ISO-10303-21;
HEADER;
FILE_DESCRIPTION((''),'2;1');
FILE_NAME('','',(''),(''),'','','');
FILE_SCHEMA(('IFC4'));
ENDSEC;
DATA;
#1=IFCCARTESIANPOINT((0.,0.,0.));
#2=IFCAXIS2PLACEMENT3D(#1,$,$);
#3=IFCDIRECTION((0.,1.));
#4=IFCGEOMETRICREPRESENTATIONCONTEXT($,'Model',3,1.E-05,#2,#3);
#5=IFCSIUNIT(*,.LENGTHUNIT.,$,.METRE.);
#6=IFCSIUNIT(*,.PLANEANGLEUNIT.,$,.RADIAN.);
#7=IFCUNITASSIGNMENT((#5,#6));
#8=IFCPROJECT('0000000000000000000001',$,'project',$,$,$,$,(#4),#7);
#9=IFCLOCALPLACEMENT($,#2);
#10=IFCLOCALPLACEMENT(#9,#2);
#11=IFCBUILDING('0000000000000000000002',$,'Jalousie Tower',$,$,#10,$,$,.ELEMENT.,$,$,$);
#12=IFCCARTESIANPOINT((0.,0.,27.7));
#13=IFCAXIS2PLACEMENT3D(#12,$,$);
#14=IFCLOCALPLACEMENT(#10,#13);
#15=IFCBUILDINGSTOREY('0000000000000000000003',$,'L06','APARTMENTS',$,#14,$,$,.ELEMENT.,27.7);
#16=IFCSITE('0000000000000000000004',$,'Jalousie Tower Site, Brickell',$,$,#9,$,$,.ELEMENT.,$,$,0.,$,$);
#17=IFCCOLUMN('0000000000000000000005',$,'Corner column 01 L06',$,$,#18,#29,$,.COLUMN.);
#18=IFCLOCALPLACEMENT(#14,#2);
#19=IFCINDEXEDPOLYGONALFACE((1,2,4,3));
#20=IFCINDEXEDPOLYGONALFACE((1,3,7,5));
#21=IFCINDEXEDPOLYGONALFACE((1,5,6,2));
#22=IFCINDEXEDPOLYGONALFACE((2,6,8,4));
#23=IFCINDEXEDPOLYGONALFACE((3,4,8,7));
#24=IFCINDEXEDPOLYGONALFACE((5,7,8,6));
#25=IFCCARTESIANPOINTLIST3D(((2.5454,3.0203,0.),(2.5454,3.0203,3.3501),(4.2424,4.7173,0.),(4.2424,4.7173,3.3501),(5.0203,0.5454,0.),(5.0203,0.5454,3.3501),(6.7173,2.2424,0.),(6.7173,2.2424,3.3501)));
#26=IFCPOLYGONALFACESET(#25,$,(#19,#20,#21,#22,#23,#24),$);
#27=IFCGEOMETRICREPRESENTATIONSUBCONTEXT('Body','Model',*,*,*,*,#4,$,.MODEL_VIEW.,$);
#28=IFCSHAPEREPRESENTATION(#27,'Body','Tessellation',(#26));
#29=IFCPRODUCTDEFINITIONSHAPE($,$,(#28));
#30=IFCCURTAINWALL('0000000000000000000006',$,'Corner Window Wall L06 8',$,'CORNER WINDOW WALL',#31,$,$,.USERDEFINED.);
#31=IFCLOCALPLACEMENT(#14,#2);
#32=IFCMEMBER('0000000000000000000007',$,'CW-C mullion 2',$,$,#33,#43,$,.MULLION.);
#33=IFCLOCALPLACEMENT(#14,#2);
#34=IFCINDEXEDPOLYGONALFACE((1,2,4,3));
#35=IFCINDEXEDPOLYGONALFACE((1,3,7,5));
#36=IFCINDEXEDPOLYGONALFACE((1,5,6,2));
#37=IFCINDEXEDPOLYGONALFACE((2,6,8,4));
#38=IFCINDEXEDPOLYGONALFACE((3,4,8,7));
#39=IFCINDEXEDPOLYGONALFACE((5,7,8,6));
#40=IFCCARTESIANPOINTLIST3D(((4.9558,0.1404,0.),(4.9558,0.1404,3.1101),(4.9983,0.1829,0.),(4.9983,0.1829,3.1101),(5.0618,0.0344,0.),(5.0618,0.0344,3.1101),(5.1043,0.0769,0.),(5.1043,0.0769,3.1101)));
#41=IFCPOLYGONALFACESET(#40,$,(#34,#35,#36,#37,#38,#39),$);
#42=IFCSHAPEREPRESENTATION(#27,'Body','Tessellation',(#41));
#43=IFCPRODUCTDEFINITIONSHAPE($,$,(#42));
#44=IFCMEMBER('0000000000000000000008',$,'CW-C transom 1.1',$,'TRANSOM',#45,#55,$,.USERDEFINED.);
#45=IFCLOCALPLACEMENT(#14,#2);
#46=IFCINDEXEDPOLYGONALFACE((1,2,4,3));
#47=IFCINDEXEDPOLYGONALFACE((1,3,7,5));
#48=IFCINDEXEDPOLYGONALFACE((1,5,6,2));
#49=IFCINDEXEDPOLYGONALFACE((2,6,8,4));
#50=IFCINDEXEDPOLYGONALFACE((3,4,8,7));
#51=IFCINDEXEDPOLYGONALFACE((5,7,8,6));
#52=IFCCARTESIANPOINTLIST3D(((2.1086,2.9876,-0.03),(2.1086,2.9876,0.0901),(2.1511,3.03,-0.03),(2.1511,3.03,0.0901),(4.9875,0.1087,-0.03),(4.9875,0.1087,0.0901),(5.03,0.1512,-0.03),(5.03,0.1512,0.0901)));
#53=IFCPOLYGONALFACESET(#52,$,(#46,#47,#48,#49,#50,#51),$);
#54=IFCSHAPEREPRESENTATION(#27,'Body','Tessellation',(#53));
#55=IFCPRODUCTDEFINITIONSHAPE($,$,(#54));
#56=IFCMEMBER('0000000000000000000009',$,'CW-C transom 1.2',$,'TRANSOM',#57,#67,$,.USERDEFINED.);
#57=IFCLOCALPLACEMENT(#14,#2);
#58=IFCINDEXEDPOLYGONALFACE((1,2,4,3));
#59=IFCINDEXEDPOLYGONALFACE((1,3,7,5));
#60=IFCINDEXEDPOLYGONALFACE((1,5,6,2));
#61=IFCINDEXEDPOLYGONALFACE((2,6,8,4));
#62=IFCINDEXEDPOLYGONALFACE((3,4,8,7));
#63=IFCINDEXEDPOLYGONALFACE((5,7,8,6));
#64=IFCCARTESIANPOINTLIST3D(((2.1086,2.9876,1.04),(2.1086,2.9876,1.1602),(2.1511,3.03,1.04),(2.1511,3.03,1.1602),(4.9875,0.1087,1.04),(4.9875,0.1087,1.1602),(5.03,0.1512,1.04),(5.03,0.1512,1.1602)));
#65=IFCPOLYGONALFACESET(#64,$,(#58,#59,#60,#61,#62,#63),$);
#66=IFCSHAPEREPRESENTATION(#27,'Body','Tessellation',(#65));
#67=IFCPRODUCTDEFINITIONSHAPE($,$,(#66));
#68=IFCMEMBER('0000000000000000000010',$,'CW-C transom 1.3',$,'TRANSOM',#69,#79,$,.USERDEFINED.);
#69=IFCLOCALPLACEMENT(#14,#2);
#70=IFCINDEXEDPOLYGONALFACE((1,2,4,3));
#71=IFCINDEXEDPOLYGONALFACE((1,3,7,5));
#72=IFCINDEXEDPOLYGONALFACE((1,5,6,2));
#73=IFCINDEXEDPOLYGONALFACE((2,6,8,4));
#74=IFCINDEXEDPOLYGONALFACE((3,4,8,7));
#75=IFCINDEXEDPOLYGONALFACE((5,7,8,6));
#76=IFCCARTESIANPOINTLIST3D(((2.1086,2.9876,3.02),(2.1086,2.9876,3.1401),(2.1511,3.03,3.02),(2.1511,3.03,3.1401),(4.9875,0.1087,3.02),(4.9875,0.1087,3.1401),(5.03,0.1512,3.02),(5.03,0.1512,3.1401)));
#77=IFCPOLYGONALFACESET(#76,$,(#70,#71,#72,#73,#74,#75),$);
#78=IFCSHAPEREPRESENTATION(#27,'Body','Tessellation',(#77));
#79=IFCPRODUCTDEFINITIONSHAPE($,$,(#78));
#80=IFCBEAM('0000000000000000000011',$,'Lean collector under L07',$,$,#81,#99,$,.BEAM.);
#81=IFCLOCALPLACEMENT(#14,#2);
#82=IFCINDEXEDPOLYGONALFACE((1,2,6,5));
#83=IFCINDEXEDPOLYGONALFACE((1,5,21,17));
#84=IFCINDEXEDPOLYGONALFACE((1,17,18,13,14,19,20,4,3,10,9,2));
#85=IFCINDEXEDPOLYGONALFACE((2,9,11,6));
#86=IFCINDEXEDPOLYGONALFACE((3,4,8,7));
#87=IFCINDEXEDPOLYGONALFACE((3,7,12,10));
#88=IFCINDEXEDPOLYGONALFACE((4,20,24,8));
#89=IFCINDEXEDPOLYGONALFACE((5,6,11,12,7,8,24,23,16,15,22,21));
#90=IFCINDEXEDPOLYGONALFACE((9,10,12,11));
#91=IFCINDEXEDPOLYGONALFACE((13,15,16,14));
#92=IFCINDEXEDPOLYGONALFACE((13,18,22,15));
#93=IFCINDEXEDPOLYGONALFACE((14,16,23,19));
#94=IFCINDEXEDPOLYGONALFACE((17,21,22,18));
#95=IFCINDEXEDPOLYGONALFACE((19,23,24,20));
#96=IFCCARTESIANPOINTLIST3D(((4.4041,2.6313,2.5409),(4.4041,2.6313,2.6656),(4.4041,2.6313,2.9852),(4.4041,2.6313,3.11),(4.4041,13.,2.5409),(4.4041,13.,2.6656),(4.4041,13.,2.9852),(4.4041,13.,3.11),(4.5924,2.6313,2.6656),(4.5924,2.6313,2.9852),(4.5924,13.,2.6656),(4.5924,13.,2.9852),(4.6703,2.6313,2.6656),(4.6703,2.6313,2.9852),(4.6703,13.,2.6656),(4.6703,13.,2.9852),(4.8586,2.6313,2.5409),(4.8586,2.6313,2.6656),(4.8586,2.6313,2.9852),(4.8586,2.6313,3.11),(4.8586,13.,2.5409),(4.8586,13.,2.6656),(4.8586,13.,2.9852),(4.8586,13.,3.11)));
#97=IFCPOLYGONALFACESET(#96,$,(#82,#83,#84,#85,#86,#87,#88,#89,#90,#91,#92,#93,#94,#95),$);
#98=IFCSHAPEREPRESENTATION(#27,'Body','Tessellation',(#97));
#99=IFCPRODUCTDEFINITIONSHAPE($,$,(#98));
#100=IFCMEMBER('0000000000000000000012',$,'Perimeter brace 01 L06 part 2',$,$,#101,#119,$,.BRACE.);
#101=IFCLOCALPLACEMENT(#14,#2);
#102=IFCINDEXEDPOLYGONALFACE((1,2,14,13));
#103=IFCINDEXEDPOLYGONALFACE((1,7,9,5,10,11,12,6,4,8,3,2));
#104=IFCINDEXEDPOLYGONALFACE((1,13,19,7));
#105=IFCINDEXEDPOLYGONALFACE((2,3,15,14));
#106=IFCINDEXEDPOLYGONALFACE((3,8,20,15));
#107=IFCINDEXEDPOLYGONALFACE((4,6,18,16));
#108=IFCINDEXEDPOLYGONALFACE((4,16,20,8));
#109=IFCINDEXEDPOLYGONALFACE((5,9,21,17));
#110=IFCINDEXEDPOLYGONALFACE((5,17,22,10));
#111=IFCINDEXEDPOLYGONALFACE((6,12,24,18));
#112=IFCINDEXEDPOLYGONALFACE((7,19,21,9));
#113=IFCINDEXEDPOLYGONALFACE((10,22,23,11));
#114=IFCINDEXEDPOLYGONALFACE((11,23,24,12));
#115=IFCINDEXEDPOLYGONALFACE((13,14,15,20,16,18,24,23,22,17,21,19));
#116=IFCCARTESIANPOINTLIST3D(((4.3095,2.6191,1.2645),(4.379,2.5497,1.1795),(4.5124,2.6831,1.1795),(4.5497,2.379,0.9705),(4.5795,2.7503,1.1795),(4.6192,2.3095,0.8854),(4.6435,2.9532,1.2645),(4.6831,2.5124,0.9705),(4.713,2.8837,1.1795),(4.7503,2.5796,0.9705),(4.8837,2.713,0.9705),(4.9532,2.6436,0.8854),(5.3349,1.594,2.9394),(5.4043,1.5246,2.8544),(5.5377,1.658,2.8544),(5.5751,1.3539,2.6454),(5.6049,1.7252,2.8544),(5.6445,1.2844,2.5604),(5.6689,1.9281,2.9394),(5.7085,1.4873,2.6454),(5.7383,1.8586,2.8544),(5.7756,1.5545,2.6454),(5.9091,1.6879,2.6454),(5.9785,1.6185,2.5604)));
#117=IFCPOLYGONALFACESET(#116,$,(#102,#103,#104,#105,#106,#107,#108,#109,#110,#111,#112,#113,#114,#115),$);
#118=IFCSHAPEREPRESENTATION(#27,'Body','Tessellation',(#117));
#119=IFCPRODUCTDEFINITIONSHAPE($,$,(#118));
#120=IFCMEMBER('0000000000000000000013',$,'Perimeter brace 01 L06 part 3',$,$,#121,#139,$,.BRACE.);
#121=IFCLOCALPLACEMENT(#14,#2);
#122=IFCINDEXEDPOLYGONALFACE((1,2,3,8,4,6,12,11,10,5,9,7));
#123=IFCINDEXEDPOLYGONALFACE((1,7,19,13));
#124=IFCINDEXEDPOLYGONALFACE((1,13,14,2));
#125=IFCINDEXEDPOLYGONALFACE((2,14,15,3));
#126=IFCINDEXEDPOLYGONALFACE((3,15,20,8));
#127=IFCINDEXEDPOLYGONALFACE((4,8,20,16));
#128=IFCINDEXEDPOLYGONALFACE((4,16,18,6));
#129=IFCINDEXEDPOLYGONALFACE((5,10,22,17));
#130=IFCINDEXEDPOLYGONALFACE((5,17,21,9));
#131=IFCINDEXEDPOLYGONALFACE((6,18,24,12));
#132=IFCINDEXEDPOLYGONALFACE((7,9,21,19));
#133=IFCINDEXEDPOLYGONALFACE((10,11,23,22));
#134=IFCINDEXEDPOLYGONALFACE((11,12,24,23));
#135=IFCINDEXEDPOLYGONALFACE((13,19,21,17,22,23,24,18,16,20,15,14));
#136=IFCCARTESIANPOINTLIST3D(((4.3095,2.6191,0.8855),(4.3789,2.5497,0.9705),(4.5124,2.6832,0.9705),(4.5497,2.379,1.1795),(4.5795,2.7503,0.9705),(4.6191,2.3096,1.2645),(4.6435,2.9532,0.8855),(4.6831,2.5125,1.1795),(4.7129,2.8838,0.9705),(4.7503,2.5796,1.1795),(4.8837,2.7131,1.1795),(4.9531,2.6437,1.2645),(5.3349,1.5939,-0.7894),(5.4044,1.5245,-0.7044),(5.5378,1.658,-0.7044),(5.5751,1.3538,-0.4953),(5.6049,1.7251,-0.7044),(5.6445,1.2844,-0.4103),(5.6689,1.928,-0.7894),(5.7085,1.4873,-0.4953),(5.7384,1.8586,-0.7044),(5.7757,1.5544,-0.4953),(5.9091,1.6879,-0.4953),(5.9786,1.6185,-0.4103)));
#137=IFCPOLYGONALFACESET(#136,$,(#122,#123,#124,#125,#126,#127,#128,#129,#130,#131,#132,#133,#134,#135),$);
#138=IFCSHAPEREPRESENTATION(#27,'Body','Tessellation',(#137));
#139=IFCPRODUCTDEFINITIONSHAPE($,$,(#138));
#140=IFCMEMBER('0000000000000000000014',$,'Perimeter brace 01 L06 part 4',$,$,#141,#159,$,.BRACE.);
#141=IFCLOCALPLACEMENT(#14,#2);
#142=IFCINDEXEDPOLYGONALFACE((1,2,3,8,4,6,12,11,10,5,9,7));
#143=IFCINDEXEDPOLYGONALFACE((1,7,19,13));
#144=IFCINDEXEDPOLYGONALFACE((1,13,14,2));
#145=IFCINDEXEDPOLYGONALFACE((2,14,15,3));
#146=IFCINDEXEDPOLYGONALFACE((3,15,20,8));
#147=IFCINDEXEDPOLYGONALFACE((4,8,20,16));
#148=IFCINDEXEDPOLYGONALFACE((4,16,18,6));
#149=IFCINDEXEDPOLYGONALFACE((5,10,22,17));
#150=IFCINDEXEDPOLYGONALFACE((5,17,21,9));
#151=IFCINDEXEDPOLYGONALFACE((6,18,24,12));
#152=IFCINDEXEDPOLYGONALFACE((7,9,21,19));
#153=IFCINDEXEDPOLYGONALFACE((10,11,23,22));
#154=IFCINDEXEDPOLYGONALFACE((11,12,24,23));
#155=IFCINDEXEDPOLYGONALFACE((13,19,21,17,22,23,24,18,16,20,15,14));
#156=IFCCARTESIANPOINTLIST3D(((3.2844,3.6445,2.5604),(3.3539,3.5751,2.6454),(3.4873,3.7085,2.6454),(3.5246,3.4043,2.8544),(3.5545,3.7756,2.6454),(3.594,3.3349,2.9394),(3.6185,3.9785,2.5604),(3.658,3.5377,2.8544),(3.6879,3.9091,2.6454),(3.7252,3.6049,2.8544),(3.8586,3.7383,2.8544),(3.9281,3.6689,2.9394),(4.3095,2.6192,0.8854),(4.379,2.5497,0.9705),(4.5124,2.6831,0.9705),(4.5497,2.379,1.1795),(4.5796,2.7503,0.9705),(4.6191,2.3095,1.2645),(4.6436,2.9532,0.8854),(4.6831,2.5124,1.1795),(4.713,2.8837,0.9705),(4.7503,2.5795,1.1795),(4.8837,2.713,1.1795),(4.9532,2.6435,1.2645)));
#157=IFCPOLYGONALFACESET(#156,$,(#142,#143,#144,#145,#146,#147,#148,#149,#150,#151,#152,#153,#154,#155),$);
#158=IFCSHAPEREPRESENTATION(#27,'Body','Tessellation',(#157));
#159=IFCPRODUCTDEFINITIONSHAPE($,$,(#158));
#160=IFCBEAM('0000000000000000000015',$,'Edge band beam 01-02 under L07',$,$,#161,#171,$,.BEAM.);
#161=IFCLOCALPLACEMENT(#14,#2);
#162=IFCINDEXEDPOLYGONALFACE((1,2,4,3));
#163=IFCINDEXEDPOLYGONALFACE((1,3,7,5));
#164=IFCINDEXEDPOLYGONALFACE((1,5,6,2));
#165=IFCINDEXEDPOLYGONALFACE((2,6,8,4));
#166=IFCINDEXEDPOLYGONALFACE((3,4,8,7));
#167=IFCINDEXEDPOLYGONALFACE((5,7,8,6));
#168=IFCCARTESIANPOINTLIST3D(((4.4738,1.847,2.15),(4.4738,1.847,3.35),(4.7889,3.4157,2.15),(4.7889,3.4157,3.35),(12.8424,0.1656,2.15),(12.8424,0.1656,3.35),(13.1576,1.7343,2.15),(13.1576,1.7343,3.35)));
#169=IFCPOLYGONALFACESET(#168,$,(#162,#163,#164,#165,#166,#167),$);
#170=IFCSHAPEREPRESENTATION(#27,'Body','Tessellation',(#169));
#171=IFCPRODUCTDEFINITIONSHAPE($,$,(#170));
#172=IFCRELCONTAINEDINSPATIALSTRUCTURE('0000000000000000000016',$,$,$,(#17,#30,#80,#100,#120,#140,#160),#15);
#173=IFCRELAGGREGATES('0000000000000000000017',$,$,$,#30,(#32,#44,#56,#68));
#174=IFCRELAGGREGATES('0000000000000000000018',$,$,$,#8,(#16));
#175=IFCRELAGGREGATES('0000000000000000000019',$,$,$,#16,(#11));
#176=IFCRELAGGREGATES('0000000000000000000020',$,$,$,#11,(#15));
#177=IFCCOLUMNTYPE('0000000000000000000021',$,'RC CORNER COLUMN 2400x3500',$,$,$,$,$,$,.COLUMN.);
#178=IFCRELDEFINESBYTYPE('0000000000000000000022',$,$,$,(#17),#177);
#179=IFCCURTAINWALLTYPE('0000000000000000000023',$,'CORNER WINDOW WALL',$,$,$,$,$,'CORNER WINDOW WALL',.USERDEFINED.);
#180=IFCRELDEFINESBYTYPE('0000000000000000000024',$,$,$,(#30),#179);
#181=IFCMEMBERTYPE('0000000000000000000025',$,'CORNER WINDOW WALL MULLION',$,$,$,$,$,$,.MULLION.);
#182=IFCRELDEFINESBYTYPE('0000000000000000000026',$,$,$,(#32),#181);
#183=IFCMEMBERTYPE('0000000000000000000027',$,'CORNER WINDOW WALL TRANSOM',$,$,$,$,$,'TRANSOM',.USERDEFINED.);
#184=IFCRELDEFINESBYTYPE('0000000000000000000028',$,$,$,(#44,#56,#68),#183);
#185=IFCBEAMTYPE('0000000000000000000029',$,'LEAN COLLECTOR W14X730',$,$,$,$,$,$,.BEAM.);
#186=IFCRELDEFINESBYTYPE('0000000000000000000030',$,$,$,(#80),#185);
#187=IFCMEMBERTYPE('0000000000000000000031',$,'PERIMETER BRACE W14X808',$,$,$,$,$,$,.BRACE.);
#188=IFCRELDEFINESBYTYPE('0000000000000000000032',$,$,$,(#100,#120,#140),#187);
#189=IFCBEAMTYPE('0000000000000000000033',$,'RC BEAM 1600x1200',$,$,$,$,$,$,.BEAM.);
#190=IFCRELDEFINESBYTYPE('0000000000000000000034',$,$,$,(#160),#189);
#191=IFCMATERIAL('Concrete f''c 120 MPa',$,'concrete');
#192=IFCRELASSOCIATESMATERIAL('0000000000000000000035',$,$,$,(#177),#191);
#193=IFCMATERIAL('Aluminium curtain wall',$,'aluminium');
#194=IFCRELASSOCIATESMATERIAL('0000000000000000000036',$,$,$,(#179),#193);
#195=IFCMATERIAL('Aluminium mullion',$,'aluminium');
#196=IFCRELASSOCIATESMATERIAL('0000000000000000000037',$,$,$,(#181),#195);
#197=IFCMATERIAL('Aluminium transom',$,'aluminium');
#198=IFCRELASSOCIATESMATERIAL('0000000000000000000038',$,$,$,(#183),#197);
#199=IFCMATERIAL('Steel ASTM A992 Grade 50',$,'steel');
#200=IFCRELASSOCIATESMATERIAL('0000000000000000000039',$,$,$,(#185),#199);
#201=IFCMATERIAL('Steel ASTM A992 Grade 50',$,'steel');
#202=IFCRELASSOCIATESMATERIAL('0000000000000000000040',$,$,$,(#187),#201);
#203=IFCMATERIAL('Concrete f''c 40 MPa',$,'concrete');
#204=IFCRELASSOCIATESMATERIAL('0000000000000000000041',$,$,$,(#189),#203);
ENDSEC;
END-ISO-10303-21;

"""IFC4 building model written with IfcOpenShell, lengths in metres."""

from ifc_helpers import new_model, si_unit, direction, frame, origin, origin_2d, place, context, subcontext, project, spatial, rectangle, i_section, extrude, material, material_profile, profile_set, type_object, element, aggregate, save


model = new_model("IFC4")

# Units and contexts
model_context = context("Model", 3, precision=1e-05, world=origin(), true_north=direction((0.0, 1.0)))
body_context = subcontext(model_context, "Body", "Model", "MODEL_VIEW")
ifc_project = project(units=[si_unit("LENGTHUNIT", "METRE"), si_unit("PLANEANGLEUNIT", "RADIAN")], contexts=[model_context])

# Site, building, storey
site_placement = place(None, origin())
site = spatial("IfcSite", under=ifc_project, at=site_placement, Name="Jalousie Tower Site, Brickell", CompositionType="ELEMENT", RefElevation=0.0)
building_placement = place(site_placement, origin())
building = spatial("IfcBuilding", under=site, at=building_placement, Name="Jalousie Tower", CompositionType="ELEMENT")
storey_placement = place(building_placement, frame((0.0, 0.0, 27.7)))
storey = spatial("IfcBuildingStorey", under=building, at=storey_placement, Name="L06", Description="APARTMENTS", CompositionType="ELEMENT", Elevation=27.7)

# Column
ifc_material_1 = material(Name="Concrete f'c 120 MPa", Category="concrete")
ifc_material_profile_1 = material_profile(ifc_material_1, rectangle(XDim=2.3999, YDim=3.5, at=origin_2d()), Name="RC 2400x3500")
ifc_profile_set_1 = profile_set([ifc_material_profile_1], Name="Concrete f'c 120 MPa")
column_type = type_object("IfcColumnType", Name="RC CORNER COLUMN 2400x3500", PredefinedType="COLUMN", material=ifc_profile_set_1)
column_placement = place(storey_placement, frame((4.6313, 2.6313, 0.0), z_axis=(0.0, 0.0, 1.0), x_axis=(0.707107, 0.707107, 0.0)))
element("IfcColumn", 1, at=column_placement, inside=storey, type_object=column_type, Name="Corner column 01 L06", PredefinedType="COLUMN", context=body_context, shape_type="SweptSolid", body=[
    extrude(rectangle(XDim=2.3999, YDim=3.5, at=origin_2d()), origin(), (0.0, 0.0, 1.0), 3.3501),
])

# Curtain wall, members
ifc_material_2 = material(Name="Aluminium curtain wall", Category="aluminium")
curtain_wall_type_1 = type_object("IfcCurtainWallType", Name="CORNER WINDOW WALL", ElementType="CORNER WINDOW WALL", PredefinedType="USERDEFINED", material=ifc_material_2)
curtain_wall_1_placement = place(storey_placement, origin())
curtain_wall_1 = element("IfcCurtainWall", 2, at=curtain_wall_1_placement, inside=storey, type_object=curtain_wall_type_1, Name="Corner Window Wall L06 8", ObjectType="CORNER WINDOW WALL", PredefinedType="USERDEFINED")
ifc_material_3 = material(Name="Aluminium mullion", Category="aluminium")
ifc_material_profile_2 = material_profile(ifc_material_3, rectangle(XDim=0.0601, YDim=0.1499, at=origin_2d()), Name="MULLION 60x150")
ifc_profile_set_2 = profile_set([ifc_material_profile_2], Name="Aluminium mullion")
member_type_1 = type_object("IfcMemberType", Name="CORNER WINDOW WALL MULLION", PredefinedType="MULLION", material=ifc_profile_set_2)
member_1_placement = place(storey_placement, frame((5.03, 0.1086, 0.0), z_axis=(0.0, 0.0, 1.0), x_axis=(0.707107, 0.707107, 0.0)))
member_1 = element("IfcMember", 3, at=member_1_placement, type_object=member_type_1, Name="CW-C mullion 2", PredefinedType="MULLION", context=body_context, shape_type="SweptSolid", body=[
    extrude(rectangle(XDim=0.0601, YDim=0.1499, at=origin_2d()), origin(), (0.0, 0.0, 1.0), 3.1101),
])
ifc_material_4 = material(Name="Aluminium transom", Category="aluminium")
ifc_material_profile_3 = material_profile(ifc_material_4, rectangle(XDim=0.0601, YDim=0.1201, at=origin_2d()), Name="TRANSOM 60x120")
ifc_profile_set_3 = profile_set([ifc_material_profile_3], Name="Aluminium transom")
member_type_2 = type_object("IfcMemberType", Name="CORNER WINDOW WALL TRANSOM", ElementType="TRANSOM", PredefinedType="USERDEFINED", material=ifc_profile_set_3)
member_2_placement = place(storey_placement, frame((2.1299, 3.0088, 0.03), z_axis=(0.707107, -0.707107, 0.0), x_axis=(0.707107, 0.707107, 0.0)))
member_2 = element("IfcMember", 4, at=member_2_placement, type_object=member_type_2, Name="CW-C transom 1.1", ObjectType="TRANSOM", PredefinedType="USERDEFINED", context=body_context, shape_type="SweptSolid", body=[
    extrude(rectangle(XDim=0.0601, YDim=0.1201, at=origin_2d()), origin(), (0.0, 0.0, 1.0), 4.0713),
])
member_3_placement = place(storey_placement, frame((2.1299, 3.0088, 1.1001), z_axis=(0.707107, -0.707107, 0.0), x_axis=(0.707107, 0.707107, 0.0)))
member_3 = element("IfcMember", 5, at=member_3_placement, type_object=member_type_2, Name="CW-C transom 1.2", ObjectType="TRANSOM", PredefinedType="USERDEFINED", context=body_context, shape_type="SweptSolid", body=[
    extrude(rectangle(XDim=0.0601, YDim=0.1201, at=origin_2d()), origin(), (0.0, 0.0, 1.0), 4.0713),
])
member_4_placement = place(storey_placement, frame((2.1299, 3.0088, 3.0801), z_axis=(0.707107, -0.707107, 0.0), x_axis=(0.707107, 0.707107, 0.0)))
member_4 = element("IfcMember", 6, at=member_4_placement, type_object=member_type_2, Name="CW-C transom 1.3", ObjectType="TRANSOM", PredefinedType="USERDEFINED", context=body_context, shape_type="SweptSolid", body=[
    extrude(rectangle(XDim=0.0601, YDim=0.1201, at=origin_2d()), origin(), (0.0, 0.0, 1.0), 4.0713),
])

# Beam
ifc_material_5 = material(Name="Steel ASTM A992 Grade 50", Category="steel")
ifc_material_profile_4 = material_profile(ifc_material_5, i_section(OverallWidth=0.4546, OverallDepth=0.5691, WebThickness=0.0779, FlangeThickness=0.1248, at=origin_2d()), Name="W14X730")
ifc_profile_set_4 = profile_set([ifc_material_profile_4], Name="Steel ASTM A992 Grade 50")
beam_type_1 = type_object("IfcBeamType", Name="LEAN COLLECTOR W14X730", PredefinedType="BEAM", material=ifc_profile_set_4)
beam_1_placement = place(storey_placement, frame((4.6313, 2.6313, 2.8254), z_axis=(0.0, 1.0, 0.0), x_axis=(-1.0, 0.0, 0.0)))
element("IfcBeam", 7, at=beam_1_placement, inside=storey, type_object=beam_type_1, Name="Lean collector under L07", PredefinedType="BEAM", context=body_context, shape_type="SweptSolid", body=[
    extrude(i_section(OverallWidth=0.4546, OverallDepth=0.5691, WebThickness=0.0779, FlangeThickness=0.1248, at=origin_2d()), origin(), (0.0, 0.0, 1.0), 10.3687),
])

# Members
ifc_material_6 = material(Name="Steel ASTM A992 Grade 50", Category="steel")
ifc_material_profile_5 = material_profile(ifc_material_6, i_section(OverallWidth=0.4724, OverallDepth=0.5791, WebThickness=0.095, FlangeThickness=0.1299, at=origin_2d()), Name="W14X808")
ifc_profile_set_5 = profile_set([ifc_material_profile_5], Name="Steel ASTM A992 Grade 50")
member_type_3 = type_object("IfcMemberType", Name="PERIMETER BRACE W14X808", PredefinedType="BRACE", material=ifc_profile_set_5)
for number, where, z_axis, x_axis, name in (
    (8, (4.6313, 2.6313, 1.075), (0.46284, -0.46273, 0.756082), (0.707023, 0.707191, 0.0), "Perimeter brace 01 L06 part 2"),
    (9, (5.6567, 1.6062, -0.5999), (-0.462879, 0.462768, 0.756035), (-0.707023, -0.707191, 0.0), "Perimeter brace 01 L06 part 3"),
    (10, (4.6313, 2.6313, 1.075), (-0.46273, 0.46284, 0.756082), (-0.707191, -0.707023, 0.0), "Perimeter brace 01 L06 part 4"),
):
    element("IfcMember", number, at=place(storey_placement, frame(where, z_axis=z_axis, x_axis=x_axis)), inside=storey, type_object=member_type_3, Name=name, PredefinedType="BRACE", context=body_context, shape_type="SweptSolid", body=[
        extrude(i_section(OverallWidth=0.4724, OverallDepth=0.5791, WebThickness=0.095, FlangeThickness=0.1299, at=origin_2d()), origin(), (0.0, 0.0, 1.0), 2.2153),
    ])

# Beam
ifc_material_7 = material(Name="Concrete f'c 40 MPa", Category="concrete")
ifc_material_profile_6 = material_profile(ifc_material_7, rectangle(XDim=1.6001, YDim=1.2, at=origin_2d()), Name="RC 1600x1200")
ifc_profile_set_6 = profile_set([ifc_material_profile_6], Name="Concrete f'c 40 MPa")
beam_type_2 = type_object("IfcBeamType", Name="RC BEAM 1600x1200", PredefinedType="BEAM", material=ifc_profile_set_6)
beam_2_placement = place(storey_placement, frame((4.6313, 2.6313, 2.75), z_axis=(0.980408, -0.19698, 0.0), x_axis=(0.19698, 0.980408, 0.0)))
element("IfcBeam", 11, at=beam_2_placement, inside=storey, type_object=beam_type_2, Name="Edge band beam 01-02 under L07", PredefinedType="BEAM", context=body_context, shape_type="SweptSolid", body=[
    extrude(rectangle(XDim=1.6001, YDim=1.2, at=origin_2d()), origin(), (0.0, 0.0, 1.0), 8.5359),
])

aggregate(curtain_wall_1, [member_1, member_2, member_3, member_4])

save(model, "model.ifc")
